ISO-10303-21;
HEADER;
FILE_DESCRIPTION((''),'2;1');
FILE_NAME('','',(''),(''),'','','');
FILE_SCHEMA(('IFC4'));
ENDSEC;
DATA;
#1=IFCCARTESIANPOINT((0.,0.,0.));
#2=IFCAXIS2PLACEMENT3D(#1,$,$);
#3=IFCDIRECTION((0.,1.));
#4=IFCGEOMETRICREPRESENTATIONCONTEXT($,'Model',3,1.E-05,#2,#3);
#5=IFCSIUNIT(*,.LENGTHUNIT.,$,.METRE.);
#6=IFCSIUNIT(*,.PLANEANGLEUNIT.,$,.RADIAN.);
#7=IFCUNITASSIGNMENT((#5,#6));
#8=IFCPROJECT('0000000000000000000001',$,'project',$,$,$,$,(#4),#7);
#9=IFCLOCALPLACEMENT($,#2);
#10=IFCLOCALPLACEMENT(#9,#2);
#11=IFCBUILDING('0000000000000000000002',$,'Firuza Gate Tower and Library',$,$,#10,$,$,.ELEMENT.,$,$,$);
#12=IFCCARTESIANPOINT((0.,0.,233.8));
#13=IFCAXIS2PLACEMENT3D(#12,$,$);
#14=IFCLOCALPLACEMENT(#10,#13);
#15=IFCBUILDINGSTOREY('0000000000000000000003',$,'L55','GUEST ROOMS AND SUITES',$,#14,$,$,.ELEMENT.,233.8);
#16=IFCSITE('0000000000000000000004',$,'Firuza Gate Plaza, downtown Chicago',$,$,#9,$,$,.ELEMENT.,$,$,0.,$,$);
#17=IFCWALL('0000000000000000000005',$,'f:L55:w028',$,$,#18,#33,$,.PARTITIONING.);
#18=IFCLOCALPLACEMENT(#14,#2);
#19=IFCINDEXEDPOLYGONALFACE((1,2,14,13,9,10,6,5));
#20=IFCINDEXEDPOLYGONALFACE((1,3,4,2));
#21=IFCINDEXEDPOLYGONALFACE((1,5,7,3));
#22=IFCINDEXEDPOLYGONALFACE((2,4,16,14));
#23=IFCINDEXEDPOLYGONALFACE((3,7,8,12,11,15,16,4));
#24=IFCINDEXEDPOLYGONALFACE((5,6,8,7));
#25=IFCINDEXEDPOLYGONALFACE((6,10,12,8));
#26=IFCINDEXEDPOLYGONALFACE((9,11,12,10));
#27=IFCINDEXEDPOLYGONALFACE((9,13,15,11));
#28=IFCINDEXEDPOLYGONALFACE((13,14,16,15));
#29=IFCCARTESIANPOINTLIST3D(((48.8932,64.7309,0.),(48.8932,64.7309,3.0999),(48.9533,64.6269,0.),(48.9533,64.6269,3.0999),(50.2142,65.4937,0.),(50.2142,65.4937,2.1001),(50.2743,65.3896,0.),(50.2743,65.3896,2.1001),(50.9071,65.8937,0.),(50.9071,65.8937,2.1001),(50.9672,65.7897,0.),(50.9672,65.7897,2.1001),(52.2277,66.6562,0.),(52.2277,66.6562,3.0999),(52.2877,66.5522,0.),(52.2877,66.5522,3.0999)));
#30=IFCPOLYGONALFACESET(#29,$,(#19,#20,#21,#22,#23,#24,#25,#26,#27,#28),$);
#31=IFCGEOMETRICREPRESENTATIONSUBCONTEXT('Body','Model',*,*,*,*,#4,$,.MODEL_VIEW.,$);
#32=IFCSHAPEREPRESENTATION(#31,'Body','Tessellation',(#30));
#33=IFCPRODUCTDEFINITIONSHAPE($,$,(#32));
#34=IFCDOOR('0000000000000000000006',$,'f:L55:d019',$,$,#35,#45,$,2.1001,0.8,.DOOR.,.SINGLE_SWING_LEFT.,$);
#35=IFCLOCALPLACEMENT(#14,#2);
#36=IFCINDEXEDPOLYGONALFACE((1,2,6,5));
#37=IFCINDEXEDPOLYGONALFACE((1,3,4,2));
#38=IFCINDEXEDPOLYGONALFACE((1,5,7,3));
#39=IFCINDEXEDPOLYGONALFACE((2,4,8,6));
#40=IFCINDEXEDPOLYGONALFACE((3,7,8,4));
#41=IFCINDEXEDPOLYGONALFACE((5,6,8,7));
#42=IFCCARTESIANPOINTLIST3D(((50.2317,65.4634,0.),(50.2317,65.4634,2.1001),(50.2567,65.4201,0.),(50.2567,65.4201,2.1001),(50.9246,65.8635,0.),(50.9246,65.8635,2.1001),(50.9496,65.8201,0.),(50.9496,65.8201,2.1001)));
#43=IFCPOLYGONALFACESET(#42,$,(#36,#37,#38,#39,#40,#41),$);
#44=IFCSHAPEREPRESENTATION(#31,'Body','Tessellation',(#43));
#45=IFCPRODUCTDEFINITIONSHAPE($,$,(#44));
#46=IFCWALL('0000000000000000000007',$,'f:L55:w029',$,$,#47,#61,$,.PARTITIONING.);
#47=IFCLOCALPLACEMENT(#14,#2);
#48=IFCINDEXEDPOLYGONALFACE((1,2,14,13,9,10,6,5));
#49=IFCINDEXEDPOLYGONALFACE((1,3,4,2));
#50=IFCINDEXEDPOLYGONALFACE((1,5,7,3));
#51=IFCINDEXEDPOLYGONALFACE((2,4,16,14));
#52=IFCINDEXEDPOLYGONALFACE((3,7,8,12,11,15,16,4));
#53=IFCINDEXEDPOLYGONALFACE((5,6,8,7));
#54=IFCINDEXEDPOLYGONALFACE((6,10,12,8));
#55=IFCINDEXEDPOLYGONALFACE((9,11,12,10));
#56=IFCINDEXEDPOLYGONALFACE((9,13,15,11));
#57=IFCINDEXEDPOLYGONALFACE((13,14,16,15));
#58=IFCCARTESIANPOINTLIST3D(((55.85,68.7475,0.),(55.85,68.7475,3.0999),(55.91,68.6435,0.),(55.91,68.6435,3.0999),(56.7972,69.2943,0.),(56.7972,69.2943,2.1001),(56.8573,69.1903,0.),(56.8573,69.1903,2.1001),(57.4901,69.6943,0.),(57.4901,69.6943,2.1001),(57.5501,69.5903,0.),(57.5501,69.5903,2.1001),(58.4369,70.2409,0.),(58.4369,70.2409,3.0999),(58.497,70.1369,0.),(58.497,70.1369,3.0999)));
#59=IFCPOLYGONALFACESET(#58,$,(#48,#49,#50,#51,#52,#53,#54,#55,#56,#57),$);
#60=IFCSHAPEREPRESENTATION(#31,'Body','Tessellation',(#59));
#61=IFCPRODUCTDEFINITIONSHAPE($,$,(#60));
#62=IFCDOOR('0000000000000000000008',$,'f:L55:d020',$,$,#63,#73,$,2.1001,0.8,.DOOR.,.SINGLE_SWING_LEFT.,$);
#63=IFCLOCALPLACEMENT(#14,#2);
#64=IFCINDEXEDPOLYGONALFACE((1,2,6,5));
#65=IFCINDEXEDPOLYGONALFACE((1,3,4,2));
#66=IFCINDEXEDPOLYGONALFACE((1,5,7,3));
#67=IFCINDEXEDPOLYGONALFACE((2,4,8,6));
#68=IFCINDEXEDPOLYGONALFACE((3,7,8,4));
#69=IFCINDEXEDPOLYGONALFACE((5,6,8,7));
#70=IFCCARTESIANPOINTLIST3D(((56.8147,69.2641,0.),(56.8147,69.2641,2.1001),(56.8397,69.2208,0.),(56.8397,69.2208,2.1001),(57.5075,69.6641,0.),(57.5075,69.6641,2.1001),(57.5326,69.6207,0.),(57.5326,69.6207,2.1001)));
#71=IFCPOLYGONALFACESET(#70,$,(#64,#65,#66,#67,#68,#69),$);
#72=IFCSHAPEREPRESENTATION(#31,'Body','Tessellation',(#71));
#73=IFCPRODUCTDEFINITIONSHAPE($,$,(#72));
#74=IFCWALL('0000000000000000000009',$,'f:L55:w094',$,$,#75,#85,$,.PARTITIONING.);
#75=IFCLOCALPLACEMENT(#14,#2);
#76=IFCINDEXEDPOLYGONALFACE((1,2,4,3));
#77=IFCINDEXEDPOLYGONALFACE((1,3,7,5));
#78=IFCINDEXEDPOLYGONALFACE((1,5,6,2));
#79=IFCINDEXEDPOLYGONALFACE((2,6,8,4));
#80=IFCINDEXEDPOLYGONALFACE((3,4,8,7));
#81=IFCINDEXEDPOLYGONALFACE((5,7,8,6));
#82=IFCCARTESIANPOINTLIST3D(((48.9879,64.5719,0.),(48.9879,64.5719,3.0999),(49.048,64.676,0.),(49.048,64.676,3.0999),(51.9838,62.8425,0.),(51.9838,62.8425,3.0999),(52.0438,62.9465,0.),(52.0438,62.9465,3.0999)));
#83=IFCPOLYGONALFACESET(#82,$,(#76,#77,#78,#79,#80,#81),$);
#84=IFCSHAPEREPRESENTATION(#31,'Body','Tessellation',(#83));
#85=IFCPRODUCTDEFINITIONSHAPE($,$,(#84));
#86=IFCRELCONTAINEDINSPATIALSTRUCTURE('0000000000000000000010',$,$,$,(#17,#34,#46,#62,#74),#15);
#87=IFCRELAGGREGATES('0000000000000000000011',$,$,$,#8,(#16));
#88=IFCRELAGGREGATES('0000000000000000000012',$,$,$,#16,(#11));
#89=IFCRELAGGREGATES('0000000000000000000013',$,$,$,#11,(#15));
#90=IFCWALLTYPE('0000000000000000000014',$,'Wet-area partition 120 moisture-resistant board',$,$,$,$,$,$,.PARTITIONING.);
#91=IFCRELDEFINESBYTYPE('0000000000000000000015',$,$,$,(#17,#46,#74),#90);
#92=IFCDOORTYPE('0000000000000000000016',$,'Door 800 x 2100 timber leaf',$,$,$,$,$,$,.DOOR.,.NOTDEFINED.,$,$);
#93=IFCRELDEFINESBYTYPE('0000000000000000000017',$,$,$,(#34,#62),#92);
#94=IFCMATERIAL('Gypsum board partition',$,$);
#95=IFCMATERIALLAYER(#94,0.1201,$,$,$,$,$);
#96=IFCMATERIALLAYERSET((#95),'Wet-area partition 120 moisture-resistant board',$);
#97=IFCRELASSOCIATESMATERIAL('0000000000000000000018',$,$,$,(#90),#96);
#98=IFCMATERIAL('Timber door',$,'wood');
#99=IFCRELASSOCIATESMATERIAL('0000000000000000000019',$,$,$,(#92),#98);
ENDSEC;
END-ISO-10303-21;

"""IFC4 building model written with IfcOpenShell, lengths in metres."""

from ifc_helpers import new_model, si_unit, direction, frame, frame_2d, origin, place, context, subcontext, project, spatial, rectangle, extrude, material, layer, layer_set, type_object, element, fill, save


model = new_model("IFC4")

# Units and contexts
model_context = context("Model", 3, precision=1e-05, world=origin(), true_north=direction((0.0, 1.0)))
body_context = subcontext(model_context, "Body", "Model", "MODEL_VIEW")
ifc_project = project(units=[si_unit("LENGTHUNIT", "METRE"), si_unit("PLANEANGLEUNIT", "RADIAN")], contexts=[model_context])

# Site, building, storey
site_placement = place(None, origin())
site = spatial("IfcSite", under=ifc_project, at=site_placement, Name="Firuza Gate Plaza, downtown Chicago", CompositionType="ELEMENT", RefElevation=0.0)
building_placement = place(site_placement, origin())
building = spatial("IfcBuilding", under=site, at=building_placement, Name="Firuza Gate Tower and Library", CompositionType="ELEMENT")
storey_placement = place(building_placement, frame((0.0, 0.0, 233.8)))
storey = spatial("IfcBuildingStorey", under=building, at=storey_placement, Name="L55", Description="GUEST ROOMS AND SUITES", CompositionType="ELEMENT", Elevation=233.8)

# Walls, openings, doors
ifc_material_1 = material(Name="Gypsum board partition")
ifc_layer_1 = layer(ifc_material_1, 0.1201)
ifc_layer_set_1 = layer_set([ifc_layer_1], Name="Wet-area partition 120 moisture-resistant board")
wall_type_1 = type_object("IfcWallType", Name="Wet-area partition 120 moisture-resistant board", PredefinedType="PARTITIONING", material=ifc_layer_set_1)
wall_1_placement = place(storey_placement, frame((52.2578, 66.6042, 0.0), z_axis=(0.0, 0.0, 1.0), x_axis=(-0.86601, -0.500026, 0.0)))
wall_1 = element("IfcWall", 1, at=wall_1_placement, inside=storey, type_object=wall_type_1, Name="f:L55:w028", PredefinedType="PARTITIONING", context=body_context, shape_type="SweptSolid", body=[
    extrude(rectangle(XDim=3.8503, YDim=0.1201, at=frame_2d((1.9253, 0.0))), origin(), (0.0, 0.0, 1.0), 3.0999),
])
opening_1_placement = place(wall_1_placement, frame((1.5251, 0.0, 0.0)))
opening_1 = element("IfcOpeningElement", 2, at=opening_1_placement, cuts=wall_1, PredefinedType="OPENING", context=body_context, shape_type="SweptSolid", body=[
    extrude(rectangle(XDim=0.8, YDim=2.1001, at=frame_2d((0.3999, 1.05))), frame((0.0, 0.0701, 0.0), z_axis=(0.0, -1.0, 0.0), x_axis=(1.0, 0.0, 0.0)), (0.0, 0.0, 1.0), 0.1401),
])
ifc_material_2 = material(Name="Timber door", Category="wood")
door_type_1 = type_object("IfcDoorType", Name="Door 800 x 2100 timber leaf", OperationType="NOTDEFINED", PredefinedType="DOOR", material=ifc_material_2)
door_1_placement = place(opening_1_placement, origin())
door_1 = element("IfcDoor", 3, at=door_1_placement, inside=storey, type_object=door_type_1, Name="f:L55:d019", OperationType="SINGLE_SWING_LEFT", OverallHeight=2.1001, OverallWidth=0.8, PredefinedType="DOOR", context=body_context, shape_type="SweptSolid", body=[
    extrude(rectangle(XDim=0.8, YDim=2.1001, at=frame_2d((0.3999, 1.05))), frame((0.0, 0.0249, 0.0), z_axis=(0.0, -1.0, 0.0), x_axis=(1.0, 0.0, 0.0)), (0.0, 0.0, 1.0), 0.05),
])
fill(opening_1, door_1)
wall_2_placement = place(storey_placement, frame((58.467, 70.189, 0.0), z_axis=(0.0, 0.0, 1.0), x_axis=(-0.866047, -0.499963, 0.0)))
wall_2 = element("IfcWall", 4, at=wall_2_placement, inside=storey, type_object=wall_type_1, Name="f:L55:w029", PredefinedType="PARTITIONING", context=body_context, shape_type="SweptSolid", body=[
    extrude(rectangle(XDim=2.9871, YDim=0.1201, at=frame_2d((1.4937, 0.0))), origin(), (0.0, 0.0, 1.0), 3.0999),
])
opening_2_placement = place(wall_2_placement, frame((1.0935, 0.0, 0.0)))
opening_2 = element("IfcOpeningElement", 5, at=opening_2_placement, cuts=wall_2, PredefinedType="OPENING", context=body_context, shape_type="SweptSolid", body=[
    extrude(rectangle(XDim=0.8, YDim=2.1001, at=frame_2d((0.3999, 1.05))), frame((0.0, 0.0701, 0.0), z_axis=(0.0, -1.0, 0.0), x_axis=(1.0, 0.0, 0.0)), (0.0, 0.0, 1.0), 0.1401),
])
door_2_placement = place(opening_2_placement, origin())
door_2 = element("IfcDoor", 6, at=door_2_placement, inside=storey, type_object=door_type_1, Name="f:L55:d020", OperationType="SINGLE_SWING_LEFT", OverallHeight=2.1001, OverallWidth=0.8, PredefinedType="DOOR", context=body_context, shape_type="SweptSolid", body=[
    extrude(rectangle(XDim=0.8, YDim=2.1001, at=frame_2d((0.3999, 1.05))), frame((0.0, 0.0249, 0.0), z_axis=(0.0, -1.0, 0.0), x_axis=(1.0, 0.0, 0.0)), (0.0, 0.0, 1.0), 0.05),
])
fill(opening_2, door_2)

# Wall
wall_3_placement = place(storey_placement, frame((52.0137, 62.8945, 0.0), z_axis=(0.0, 0.0, 1.0), x_axis=(-0.866046, 0.499965, 0.0)))
element("IfcWall", 7, at=wall_3_placement, inside=storey, type_object=wall_type_1, Name="f:L55:w094", PredefinedType="PARTITIONING", context=body_context, shape_type="SweptSolid", body=[
    extrude(rectangle(XDim=3.4592, YDim=0.1201, at=frame_2d((1.7295, 0.0))), origin(), (0.0, 0.0, 1.0), 3.0999),
])

save(model, "model.ifc")
